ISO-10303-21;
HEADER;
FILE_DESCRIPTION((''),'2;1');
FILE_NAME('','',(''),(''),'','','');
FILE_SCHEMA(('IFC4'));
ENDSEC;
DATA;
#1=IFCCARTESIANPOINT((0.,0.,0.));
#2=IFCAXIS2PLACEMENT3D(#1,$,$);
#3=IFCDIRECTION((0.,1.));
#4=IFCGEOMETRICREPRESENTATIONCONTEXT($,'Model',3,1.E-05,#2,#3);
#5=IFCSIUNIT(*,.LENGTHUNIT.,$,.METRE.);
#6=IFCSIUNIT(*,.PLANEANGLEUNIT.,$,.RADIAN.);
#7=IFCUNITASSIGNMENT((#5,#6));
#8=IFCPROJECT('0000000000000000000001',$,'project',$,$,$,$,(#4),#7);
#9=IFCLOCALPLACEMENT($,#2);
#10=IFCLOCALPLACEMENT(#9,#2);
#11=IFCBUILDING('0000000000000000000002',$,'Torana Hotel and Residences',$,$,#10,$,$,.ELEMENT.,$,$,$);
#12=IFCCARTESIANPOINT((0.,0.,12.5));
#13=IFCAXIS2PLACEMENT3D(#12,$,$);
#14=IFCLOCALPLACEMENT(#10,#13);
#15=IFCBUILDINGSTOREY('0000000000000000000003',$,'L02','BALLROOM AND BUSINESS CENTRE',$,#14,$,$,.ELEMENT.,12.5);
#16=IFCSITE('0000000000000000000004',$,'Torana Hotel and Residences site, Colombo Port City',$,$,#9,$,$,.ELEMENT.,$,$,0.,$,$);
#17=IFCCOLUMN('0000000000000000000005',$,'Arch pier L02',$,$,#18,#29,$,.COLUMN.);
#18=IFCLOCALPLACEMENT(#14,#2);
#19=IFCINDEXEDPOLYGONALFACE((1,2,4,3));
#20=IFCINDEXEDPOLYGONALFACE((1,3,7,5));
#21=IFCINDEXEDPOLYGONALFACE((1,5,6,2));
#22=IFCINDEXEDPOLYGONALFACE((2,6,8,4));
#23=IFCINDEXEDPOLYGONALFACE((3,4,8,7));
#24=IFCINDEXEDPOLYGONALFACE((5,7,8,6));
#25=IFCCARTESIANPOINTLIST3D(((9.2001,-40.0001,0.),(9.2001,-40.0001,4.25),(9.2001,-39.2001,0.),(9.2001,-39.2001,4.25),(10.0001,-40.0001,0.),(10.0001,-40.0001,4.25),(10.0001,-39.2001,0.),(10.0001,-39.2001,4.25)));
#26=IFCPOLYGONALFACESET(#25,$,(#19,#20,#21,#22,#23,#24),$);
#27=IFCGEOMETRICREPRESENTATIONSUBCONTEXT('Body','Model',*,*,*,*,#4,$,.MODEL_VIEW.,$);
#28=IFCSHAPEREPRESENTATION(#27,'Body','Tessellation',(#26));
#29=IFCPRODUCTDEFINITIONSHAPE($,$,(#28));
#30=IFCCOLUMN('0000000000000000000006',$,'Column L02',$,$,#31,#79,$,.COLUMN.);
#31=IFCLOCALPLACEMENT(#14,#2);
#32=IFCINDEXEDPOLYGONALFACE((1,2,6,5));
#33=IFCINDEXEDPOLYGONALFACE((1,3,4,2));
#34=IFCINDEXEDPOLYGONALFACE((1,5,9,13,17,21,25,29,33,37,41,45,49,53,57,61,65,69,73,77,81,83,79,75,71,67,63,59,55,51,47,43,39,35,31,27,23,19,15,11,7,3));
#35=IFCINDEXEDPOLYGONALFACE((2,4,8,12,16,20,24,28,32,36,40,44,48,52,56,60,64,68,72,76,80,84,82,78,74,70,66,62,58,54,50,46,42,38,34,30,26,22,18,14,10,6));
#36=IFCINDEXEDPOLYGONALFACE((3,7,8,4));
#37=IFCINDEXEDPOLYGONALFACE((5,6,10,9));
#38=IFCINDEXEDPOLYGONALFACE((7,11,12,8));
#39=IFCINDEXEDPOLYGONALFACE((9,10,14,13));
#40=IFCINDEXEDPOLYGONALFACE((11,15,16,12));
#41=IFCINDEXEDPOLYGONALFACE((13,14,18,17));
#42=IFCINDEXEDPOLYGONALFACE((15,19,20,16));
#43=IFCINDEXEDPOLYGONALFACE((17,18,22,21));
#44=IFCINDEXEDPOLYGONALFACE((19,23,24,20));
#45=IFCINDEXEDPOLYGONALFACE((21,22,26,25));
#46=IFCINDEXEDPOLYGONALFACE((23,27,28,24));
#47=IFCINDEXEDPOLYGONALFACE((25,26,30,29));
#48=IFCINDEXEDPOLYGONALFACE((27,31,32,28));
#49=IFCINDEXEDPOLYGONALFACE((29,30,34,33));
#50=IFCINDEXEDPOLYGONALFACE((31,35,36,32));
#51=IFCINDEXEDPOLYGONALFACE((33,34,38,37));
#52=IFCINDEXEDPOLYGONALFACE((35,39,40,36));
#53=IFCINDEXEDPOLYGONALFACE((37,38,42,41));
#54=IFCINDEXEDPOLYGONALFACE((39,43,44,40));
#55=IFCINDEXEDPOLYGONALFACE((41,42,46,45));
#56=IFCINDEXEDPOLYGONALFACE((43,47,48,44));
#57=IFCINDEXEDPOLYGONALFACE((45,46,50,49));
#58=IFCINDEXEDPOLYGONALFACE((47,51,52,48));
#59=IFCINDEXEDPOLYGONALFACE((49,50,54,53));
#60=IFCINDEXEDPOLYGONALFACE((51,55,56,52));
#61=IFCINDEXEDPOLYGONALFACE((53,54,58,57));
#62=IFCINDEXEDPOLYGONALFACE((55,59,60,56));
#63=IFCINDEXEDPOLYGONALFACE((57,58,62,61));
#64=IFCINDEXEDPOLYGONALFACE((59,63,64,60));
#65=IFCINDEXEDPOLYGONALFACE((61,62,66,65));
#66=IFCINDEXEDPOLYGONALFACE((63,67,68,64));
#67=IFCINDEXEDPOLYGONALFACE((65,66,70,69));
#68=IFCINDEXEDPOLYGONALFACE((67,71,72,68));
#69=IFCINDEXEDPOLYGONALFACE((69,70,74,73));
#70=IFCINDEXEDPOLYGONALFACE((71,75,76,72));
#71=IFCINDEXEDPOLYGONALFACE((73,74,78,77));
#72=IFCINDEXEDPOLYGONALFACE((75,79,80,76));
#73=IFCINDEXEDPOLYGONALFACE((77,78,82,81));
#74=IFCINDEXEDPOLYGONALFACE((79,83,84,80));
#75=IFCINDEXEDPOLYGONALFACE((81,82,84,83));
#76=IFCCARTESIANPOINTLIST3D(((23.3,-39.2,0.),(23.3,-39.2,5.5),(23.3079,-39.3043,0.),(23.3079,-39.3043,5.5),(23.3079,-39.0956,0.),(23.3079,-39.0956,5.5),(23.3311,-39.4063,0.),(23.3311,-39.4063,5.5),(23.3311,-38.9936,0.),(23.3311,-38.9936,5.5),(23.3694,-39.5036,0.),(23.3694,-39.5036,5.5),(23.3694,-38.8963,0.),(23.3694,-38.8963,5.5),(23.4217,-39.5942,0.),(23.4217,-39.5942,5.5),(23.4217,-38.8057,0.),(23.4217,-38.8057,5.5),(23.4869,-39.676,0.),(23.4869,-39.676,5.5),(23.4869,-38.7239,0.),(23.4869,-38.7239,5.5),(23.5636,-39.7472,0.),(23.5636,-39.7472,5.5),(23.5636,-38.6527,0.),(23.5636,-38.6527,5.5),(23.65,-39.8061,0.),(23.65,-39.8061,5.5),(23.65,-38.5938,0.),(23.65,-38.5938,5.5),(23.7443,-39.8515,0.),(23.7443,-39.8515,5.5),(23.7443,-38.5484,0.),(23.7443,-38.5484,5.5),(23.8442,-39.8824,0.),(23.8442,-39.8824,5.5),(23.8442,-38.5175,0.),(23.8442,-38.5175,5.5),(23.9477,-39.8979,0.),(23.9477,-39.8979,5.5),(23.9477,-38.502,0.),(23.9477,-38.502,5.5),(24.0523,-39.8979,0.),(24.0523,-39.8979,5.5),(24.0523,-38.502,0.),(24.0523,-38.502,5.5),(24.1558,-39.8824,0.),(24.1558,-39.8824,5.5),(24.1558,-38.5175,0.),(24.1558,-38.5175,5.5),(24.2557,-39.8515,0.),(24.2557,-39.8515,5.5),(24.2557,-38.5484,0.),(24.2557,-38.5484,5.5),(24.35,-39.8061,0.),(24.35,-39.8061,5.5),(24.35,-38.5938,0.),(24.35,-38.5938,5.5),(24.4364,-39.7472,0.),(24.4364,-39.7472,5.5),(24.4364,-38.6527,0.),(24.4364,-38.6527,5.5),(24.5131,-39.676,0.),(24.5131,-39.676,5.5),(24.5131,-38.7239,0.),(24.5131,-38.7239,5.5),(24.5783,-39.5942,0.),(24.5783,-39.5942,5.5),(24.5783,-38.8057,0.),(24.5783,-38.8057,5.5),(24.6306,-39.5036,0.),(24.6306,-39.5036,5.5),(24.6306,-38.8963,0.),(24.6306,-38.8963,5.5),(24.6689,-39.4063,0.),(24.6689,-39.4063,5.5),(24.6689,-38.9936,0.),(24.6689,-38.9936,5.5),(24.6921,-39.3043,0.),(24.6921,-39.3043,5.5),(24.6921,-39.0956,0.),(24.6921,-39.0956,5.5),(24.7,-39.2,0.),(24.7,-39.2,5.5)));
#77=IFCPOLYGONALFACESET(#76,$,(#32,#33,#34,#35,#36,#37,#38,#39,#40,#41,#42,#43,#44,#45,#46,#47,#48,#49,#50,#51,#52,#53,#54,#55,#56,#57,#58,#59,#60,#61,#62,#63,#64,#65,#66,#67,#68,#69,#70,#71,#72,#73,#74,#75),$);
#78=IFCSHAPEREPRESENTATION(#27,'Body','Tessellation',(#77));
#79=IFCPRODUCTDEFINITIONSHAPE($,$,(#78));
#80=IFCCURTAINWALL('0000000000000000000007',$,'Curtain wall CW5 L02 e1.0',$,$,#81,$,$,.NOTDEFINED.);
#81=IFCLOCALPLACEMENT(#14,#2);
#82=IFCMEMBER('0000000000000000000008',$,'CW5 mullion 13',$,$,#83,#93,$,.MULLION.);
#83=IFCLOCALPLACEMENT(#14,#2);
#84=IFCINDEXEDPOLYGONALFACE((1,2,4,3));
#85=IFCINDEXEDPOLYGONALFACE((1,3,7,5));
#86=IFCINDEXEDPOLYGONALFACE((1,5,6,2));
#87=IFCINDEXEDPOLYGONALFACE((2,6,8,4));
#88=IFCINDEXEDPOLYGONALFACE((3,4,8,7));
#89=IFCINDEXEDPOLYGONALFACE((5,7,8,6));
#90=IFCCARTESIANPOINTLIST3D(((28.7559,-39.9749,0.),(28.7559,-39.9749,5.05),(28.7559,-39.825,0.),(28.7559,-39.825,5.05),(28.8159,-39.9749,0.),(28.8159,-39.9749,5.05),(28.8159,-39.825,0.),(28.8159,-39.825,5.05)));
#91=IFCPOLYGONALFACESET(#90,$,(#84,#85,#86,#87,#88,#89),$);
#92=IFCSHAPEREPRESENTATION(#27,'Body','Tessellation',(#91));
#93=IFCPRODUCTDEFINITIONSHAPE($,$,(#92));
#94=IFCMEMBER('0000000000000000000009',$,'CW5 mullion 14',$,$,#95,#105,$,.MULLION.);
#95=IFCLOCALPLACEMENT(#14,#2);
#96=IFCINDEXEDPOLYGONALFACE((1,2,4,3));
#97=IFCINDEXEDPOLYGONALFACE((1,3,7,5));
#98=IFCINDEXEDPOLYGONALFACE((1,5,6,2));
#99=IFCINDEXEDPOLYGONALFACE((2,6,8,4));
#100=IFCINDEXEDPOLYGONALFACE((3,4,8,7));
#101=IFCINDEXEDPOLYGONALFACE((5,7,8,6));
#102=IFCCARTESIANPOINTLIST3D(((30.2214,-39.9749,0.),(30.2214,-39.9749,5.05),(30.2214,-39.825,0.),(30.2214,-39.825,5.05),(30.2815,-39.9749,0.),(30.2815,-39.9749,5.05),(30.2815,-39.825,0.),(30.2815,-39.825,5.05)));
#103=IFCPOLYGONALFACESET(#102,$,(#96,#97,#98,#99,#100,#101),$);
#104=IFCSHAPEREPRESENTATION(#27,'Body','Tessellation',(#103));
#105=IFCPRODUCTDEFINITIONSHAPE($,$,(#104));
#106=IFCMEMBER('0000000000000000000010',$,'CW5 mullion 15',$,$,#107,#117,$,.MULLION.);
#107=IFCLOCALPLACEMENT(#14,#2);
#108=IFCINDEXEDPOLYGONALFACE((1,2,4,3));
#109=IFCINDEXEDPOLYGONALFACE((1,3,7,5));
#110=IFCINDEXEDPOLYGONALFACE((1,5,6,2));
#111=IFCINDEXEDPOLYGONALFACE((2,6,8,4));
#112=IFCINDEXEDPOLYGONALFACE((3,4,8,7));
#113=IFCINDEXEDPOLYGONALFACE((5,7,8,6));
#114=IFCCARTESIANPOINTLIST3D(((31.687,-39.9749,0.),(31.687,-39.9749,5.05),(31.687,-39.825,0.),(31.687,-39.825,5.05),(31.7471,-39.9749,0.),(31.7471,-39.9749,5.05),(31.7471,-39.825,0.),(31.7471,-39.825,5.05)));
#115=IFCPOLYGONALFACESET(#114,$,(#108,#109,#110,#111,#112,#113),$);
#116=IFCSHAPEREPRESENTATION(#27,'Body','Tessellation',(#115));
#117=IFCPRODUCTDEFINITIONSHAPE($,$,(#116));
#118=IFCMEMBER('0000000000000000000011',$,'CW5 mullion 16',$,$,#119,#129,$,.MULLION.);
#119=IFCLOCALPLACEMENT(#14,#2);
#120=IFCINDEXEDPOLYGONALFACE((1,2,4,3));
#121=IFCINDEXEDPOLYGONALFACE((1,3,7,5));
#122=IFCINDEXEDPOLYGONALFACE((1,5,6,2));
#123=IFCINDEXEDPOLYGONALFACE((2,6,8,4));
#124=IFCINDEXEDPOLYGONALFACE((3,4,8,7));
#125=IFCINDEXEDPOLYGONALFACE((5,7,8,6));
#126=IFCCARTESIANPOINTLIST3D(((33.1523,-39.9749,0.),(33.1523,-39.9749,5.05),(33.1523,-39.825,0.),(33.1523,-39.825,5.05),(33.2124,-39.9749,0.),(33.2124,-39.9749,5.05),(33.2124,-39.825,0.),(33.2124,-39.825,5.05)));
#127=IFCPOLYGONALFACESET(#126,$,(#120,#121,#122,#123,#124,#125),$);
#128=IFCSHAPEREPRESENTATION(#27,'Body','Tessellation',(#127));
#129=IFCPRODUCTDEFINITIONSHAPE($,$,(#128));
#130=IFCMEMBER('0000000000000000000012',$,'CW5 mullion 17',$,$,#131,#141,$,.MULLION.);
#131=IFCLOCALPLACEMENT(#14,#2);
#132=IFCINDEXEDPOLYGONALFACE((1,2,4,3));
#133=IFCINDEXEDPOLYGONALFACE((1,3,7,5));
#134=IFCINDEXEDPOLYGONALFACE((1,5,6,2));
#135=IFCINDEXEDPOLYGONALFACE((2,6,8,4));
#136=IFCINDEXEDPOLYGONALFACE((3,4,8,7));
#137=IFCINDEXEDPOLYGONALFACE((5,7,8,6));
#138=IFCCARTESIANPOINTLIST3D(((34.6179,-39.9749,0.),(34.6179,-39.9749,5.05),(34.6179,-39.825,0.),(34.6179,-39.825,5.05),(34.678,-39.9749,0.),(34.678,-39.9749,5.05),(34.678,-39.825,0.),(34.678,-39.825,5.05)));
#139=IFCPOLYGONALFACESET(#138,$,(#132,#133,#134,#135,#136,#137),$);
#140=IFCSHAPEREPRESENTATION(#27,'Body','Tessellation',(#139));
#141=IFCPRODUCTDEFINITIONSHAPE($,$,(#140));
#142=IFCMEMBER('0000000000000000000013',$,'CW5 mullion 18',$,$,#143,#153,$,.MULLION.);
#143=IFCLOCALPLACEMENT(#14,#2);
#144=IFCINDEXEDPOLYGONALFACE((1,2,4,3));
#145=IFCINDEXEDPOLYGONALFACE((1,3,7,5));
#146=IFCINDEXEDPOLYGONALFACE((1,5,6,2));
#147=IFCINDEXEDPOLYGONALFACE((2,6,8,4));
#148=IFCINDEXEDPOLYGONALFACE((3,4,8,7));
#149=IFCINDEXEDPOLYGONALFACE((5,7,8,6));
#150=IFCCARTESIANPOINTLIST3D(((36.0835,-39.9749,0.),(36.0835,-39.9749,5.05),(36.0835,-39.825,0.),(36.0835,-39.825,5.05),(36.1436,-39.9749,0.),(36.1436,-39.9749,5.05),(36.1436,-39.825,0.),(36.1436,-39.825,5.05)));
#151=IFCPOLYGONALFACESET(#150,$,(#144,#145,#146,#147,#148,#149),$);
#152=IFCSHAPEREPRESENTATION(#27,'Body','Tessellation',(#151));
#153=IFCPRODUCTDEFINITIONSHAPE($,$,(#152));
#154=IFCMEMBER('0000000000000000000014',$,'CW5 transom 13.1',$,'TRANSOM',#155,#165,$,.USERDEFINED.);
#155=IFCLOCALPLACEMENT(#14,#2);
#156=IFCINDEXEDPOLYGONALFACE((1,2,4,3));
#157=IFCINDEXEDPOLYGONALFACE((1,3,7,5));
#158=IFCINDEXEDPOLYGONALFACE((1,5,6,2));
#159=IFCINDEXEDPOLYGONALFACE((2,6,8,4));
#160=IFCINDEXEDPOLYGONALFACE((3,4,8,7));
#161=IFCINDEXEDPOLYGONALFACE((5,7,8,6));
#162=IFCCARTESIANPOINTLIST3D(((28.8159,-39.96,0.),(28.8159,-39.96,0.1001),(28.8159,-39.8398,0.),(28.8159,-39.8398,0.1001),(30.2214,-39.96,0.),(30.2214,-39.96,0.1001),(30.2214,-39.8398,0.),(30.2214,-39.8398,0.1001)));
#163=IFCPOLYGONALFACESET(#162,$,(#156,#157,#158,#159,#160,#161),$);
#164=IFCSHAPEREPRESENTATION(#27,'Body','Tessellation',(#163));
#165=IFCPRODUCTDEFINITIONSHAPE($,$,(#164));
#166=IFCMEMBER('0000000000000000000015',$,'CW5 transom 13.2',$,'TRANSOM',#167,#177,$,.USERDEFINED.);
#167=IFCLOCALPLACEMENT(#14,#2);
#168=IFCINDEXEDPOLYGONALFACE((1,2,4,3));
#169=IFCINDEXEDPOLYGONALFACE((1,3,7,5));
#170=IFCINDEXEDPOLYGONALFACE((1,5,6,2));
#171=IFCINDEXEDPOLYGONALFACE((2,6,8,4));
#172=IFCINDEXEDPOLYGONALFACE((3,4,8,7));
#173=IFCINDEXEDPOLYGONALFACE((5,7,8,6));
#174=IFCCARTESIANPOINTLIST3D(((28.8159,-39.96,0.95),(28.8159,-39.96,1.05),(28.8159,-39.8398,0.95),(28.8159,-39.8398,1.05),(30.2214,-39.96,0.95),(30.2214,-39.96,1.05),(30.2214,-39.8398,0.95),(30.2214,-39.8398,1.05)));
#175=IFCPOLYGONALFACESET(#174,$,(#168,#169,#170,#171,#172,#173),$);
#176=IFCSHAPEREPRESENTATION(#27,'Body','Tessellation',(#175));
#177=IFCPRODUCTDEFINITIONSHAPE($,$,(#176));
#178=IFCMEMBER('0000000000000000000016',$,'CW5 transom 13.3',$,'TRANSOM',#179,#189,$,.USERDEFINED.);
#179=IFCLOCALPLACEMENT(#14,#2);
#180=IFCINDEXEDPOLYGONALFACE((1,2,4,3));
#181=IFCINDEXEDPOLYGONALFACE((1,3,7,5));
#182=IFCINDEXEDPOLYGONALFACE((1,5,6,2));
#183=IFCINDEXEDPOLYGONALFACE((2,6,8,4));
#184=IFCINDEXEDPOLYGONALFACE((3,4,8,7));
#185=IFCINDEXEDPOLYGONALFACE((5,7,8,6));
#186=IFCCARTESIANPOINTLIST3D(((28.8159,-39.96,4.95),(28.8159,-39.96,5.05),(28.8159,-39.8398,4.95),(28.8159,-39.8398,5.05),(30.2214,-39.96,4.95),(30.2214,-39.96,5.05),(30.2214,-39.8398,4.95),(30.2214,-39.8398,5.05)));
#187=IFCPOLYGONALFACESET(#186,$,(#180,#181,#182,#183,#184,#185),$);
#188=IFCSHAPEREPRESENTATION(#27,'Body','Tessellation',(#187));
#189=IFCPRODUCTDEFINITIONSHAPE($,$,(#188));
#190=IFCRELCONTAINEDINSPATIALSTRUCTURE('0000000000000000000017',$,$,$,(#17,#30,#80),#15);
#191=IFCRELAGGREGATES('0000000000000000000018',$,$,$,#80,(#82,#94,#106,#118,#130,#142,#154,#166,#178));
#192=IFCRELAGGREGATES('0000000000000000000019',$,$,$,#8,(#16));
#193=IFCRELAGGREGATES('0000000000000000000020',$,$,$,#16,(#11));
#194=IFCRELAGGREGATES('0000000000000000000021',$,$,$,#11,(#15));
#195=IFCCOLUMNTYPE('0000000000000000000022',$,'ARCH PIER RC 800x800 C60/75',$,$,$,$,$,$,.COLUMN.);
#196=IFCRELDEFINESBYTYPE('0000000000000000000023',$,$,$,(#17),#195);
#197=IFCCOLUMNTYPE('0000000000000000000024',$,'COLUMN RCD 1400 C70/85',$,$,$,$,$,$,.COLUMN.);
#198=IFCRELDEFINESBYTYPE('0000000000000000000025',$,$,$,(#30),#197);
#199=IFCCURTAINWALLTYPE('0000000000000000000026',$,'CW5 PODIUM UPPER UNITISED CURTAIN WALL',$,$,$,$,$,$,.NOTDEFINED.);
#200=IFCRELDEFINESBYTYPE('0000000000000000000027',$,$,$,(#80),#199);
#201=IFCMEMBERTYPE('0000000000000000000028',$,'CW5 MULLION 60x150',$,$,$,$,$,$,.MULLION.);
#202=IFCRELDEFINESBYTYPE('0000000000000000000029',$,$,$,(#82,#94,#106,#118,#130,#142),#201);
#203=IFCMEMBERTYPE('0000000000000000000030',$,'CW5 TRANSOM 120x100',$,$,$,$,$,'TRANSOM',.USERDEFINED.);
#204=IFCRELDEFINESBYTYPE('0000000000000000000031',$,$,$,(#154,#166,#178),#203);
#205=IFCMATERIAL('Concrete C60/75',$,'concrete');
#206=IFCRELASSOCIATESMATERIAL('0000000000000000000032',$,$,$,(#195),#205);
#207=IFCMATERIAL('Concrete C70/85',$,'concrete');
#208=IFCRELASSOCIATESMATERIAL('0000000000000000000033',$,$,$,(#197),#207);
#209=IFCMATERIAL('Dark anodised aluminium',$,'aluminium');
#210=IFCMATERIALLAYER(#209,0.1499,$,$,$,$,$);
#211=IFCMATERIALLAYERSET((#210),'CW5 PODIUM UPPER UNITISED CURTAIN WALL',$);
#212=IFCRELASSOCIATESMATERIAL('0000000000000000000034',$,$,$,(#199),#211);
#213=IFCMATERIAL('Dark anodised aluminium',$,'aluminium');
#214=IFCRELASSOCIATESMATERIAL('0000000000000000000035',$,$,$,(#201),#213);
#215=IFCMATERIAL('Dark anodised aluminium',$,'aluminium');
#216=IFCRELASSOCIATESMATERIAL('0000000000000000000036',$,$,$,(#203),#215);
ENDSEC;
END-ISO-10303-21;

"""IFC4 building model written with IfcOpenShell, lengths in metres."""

from ifc_helpers import new_model, si_unit, direction, frame, origin, origin_2d, place, context, subcontext, project, spatial, rectangle, circle, extrude, material, layer, layer_set, material_profile, profile_set, type_object, element, aggregate, save


model = new_model("IFC4")

# Units and contexts
model_context = context("Model", 3, precision=1e-05, world=origin(), true_north=direction((0.0, 1.0)))
body_context = subcontext(model_context, "Body", "Model", "MODEL_VIEW")
ifc_project = project(units=[si_unit("LENGTHUNIT", "METRE"), si_unit("PLANEANGLEUNIT", "RADIAN")], contexts=[model_context])

# Site, building, storey
site_placement = place(None, origin())
site = spatial("IfcSite", under=ifc_project, at=site_placement, Name="Torana Hotel and Residences site, Colombo Port City", CompositionType="ELEMENT", RefElevation=0.0)
building_placement = place(site_placement, origin())
building = spatial("IfcBuilding", under=site, at=building_placement, Name="Torana Hotel and Residences", CompositionType="ELEMENT")
storey_placement = place(building_placement, frame((0.0, 0.0, 12.5)))
storey = spatial("IfcBuildingStorey", under=building, at=storey_placement, Name="L02", Description="BALLROOM AND BUSINESS CENTRE", CompositionType="ELEMENT", Elevation=12.5)

# Columns
ifc_material_1 = material(Name="Concrete C60/75", Category="concrete")
ifc_material_profile_1 = material_profile(ifc_material_1, rectangle(XDim=0.8, YDim=0.8, at=origin_2d()), Name="RC 800x800")
ifc_profile_set_1 = profile_set([ifc_material_profile_1], Name="Concrete C60/75")
column_type_1 = type_object("IfcColumnType", Name="ARCH PIER RC 800x800 C60/75", PredefinedType="COLUMN", material=ifc_profile_set_1)
column_1_placement = place(storey_placement, frame((9.6001, -39.6001, 0.0), z_axis=(0.0, 0.0, 1.0), x_axis=(1.0, 0.0, 0.0)))
element("IfcColumn", 1, at=column_1_placement, inside=storey, type_object=column_type_1, Name="Arch pier L02", PredefinedType="COLUMN", context=body_context, shape_type="SweptSolid", body=[
    extrude(rectangle(XDim=0.8, YDim=0.8, at=origin_2d()), origin(), (0.0, 0.0, 1.0), 4.25),
])
ifc_material_2 = material(Name="Concrete C70/85", Category="concrete")
ifc_material_profile_2 = material_profile(ifc_material_2, circle(Radius=0.7, at=origin_2d()), Name="RCD 1400")
ifc_profile_set_2 = profile_set([ifc_material_profile_2], Name="Concrete C70/85")
column_type_2 = type_object("IfcColumnType", Name="COLUMN RCD 1400 C70/85", PredefinedType="COLUMN", material=ifc_profile_set_2)
column_2_placement = place(storey_placement, frame((24.0, -39.2, 0.0), z_axis=(0.0, 0.0, 1.0), x_axis=(1.0, 0.0, 0.0)))
element("IfcColumn", 2, at=column_2_placement, inside=storey, type_object=column_type_2, Name="Column L02", PredefinedType="COLUMN", context=body_context, shape_type="SweptSolid", body=[
    extrude(circle(Radius=0.7, at=origin_2d()), origin(), (0.0, 0.0, 1.0), 5.5),
])

# Curtain wall, members
ifc_material_3 = material(Name="Dark anodised aluminium", Category="aluminium")
ifc_layer_1 = layer(ifc_material_3, 0.1499)
ifc_layer_set_1 = layer_set([ifc_layer_1], Name="CW5 PODIUM UPPER UNITISED CURTAIN WALL")
curtain_wall_type = type_object("IfcCurtainWallType", Name="CW5 PODIUM UPPER UNITISED CURTAIN WALL", PredefinedType="NOTDEFINED", material=ifc_layer_set_1)
curtain_wall_placement = place(storey_placement, origin())
curtain_wall = element("IfcCurtainWall", 3, at=curtain_wall_placement, inside=storey, type_object=curtain_wall_type, Name="Curtain wall CW5 L02 e1.0", PredefinedType="NOTDEFINED")
ifc_material_4 = material(Name="Dark anodised aluminium", Category="aluminium")
ifc_material_profile_3 = material_profile(ifc_material_4, rectangle(XDim=0.1499, YDim=0.0601, at=origin_2d()), Name="CW5 MULLION 60x150")
ifc_profile_set_3 = profile_set([ifc_material_profile_3], Name="Dark anodised aluminium")
member_type_1 = type_object("IfcMemberType", Name="CW5 MULLION 60x150", PredefinedType="MULLION", material=ifc_profile_set_3)
member_1_placement = place(storey_placement, frame((28.7859, -39.8999, 0.0), z_axis=(0.0, 0.0, 1.0), x_axis=(0.0, 1.0, 0.0)))
member_1 = element("IfcMember", 4, at=member_1_placement, type_object=member_type_1, Name="CW5 mullion 13", PredefinedType="MULLION", context=body_context, shape_type="SweptSolid", body=[
    extrude(rectangle(XDim=0.1499, YDim=0.0601, at=origin_2d()), origin(), (0.0, 0.0, 1.0), 5.05),
])
member_2_placement = place(storey_placement, frame((30.2515, -39.8999, 0.0), z_axis=(0.0, 0.0, 1.0), x_axis=(0.0, 1.0, 0.0)))
member_2 = element("IfcMember", 5, at=member_2_placement, type_object=member_type_1, Name="CW5 mullion 14", PredefinedType="MULLION", context=body_context, shape_type="SweptSolid", body=[
    extrude(rectangle(XDim=0.1499, YDim=0.0601, at=origin_2d()), origin(), (0.0, 0.0, 1.0), 5.05),
])
member_3_placement = place(storey_placement, frame((31.717, -39.8999, 0.0), z_axis=(0.0, 0.0, 1.0), x_axis=(0.0, 1.0, 0.0)))
member_3 = element("IfcMember", 6, at=member_3_placement, type_object=member_type_1, Name="CW5 mullion 15", PredefinedType="MULLION", context=body_context, shape_type="SweptSolid", body=[
    extrude(rectangle(XDim=0.1499, YDim=0.0601, at=origin_2d()), origin(), (0.0, 0.0, 1.0), 5.05),
])
member_4_placement = place(storey_placement, frame((33.1824, -39.8999, 0.0), z_axis=(0.0, 0.0, 1.0), x_axis=(0.0, 1.0, 0.0)))
member_4 = element("IfcMember", 7, at=member_4_placement, type_object=member_type_1, Name="CW5 mullion 16", PredefinedType="MULLION", context=body_context, shape_type="SweptSolid", body=[
    extrude(rectangle(XDim=0.1499, YDim=0.0601, at=origin_2d()), origin(), (0.0, 0.0, 1.0), 5.05),
])
member_5_placement = place(storey_placement, frame((34.6479, -39.8999, 0.0), z_axis=(0.0, 0.0, 1.0), x_axis=(0.0, 1.0, 0.0)))
member_5 = element("IfcMember", 8, at=member_5_placement, type_object=member_type_1, Name="CW5 mullion 17", PredefinedType="MULLION", context=body_context, shape_type="SweptSolid", body=[
    extrude(rectangle(XDim=0.1499, YDim=0.0601, at=origin_2d()), origin(), (0.0, 0.0, 1.0), 5.05),
])
member_6_placement = place(storey_placement, frame((36.1135, -39.8999, 0.0), z_axis=(0.0, 0.0, 1.0), x_axis=(0.0, 1.0, 0.0)))
member_6 = element("IfcMember", 9, at=member_6_placement, type_object=member_type_1, Name="CW5 mullion 18", PredefinedType="MULLION", context=body_context, shape_type="SweptSolid", body=[
    extrude(rectangle(XDim=0.1499, YDim=0.0601, at=origin_2d()), origin(), (0.0, 0.0, 1.0), 5.05),
])
ifc_material_5 = material(Name="Dark anodised aluminium", Category="aluminium")
ifc_material_profile_4 = material_profile(ifc_material_5, rectangle(XDim=0.1201, YDim=0.1001, at=origin_2d()), Name="CW5 TRANSOM 120x100")
ifc_profile_set_4 = profile_set([ifc_material_profile_4], Name="Dark anodised aluminium")
member_type_2 = type_object("IfcMemberType", Name="CW5 TRANSOM 120x100", ElementType="TRANSOM", PredefinedType="USERDEFINED", material=ifc_profile_set_4)
member_7_placement = place(storey_placement, frame((28.8159, -39.8999, 0.05), z_axis=(1.0, 0.0, 0.0), x_axis=(0.0, 1.0, 0.0)))
member_7 = element("IfcMember", 10, at=member_7_placement, type_object=member_type_2, Name="CW5 transom 13.1", ObjectType="TRANSOM", PredefinedType="USERDEFINED", context=body_context, shape_type="SweptSolid", body=[
    extrude(rectangle(XDim=0.1201, YDim=0.1001, at=origin_2d()), origin(), (0.0, 0.0, 1.0), 1.4055),
])
member_8_placement = place(storey_placement, frame((28.8159, -39.8999, 1.0), z_axis=(1.0, 0.0, 0.0), x_axis=(0.0, 1.0, 0.0)))
member_8 = element("IfcMember", 11, at=member_8_placement, type_object=member_type_2, Name="CW5 transom 13.2", ObjectType="TRANSOM", PredefinedType="USERDEFINED", context=body_context, shape_type="SweptSolid", body=[
    extrude(rectangle(XDim=0.1201, YDim=0.1001, at=origin_2d()), origin(), (0.0, 0.0, 1.0), 1.4055),
])
member_9_placement = place(storey_placement, frame((28.8159, -39.8999, 5.0), z_axis=(1.0, 0.0, 0.0), x_axis=(0.0, 1.0, 0.0)))
member_9 = element("IfcMember", 12, at=member_9_placement, type_object=member_type_2, Name="CW5 transom 13.3", ObjectType="TRANSOM", PredefinedType="USERDEFINED", context=body_context, shape_type="SweptSolid", body=[
    extrude(rectangle(XDim=0.1201, YDim=0.1001, at=origin_2d()), origin(), (0.0, 0.0, 1.0), 1.4055),
])
aggregate(curtain_wall, [member_1, member_2, member_3, member_4, member_5, member_6, member_7, member_8, member_9])

save(model, "model.ifc")
